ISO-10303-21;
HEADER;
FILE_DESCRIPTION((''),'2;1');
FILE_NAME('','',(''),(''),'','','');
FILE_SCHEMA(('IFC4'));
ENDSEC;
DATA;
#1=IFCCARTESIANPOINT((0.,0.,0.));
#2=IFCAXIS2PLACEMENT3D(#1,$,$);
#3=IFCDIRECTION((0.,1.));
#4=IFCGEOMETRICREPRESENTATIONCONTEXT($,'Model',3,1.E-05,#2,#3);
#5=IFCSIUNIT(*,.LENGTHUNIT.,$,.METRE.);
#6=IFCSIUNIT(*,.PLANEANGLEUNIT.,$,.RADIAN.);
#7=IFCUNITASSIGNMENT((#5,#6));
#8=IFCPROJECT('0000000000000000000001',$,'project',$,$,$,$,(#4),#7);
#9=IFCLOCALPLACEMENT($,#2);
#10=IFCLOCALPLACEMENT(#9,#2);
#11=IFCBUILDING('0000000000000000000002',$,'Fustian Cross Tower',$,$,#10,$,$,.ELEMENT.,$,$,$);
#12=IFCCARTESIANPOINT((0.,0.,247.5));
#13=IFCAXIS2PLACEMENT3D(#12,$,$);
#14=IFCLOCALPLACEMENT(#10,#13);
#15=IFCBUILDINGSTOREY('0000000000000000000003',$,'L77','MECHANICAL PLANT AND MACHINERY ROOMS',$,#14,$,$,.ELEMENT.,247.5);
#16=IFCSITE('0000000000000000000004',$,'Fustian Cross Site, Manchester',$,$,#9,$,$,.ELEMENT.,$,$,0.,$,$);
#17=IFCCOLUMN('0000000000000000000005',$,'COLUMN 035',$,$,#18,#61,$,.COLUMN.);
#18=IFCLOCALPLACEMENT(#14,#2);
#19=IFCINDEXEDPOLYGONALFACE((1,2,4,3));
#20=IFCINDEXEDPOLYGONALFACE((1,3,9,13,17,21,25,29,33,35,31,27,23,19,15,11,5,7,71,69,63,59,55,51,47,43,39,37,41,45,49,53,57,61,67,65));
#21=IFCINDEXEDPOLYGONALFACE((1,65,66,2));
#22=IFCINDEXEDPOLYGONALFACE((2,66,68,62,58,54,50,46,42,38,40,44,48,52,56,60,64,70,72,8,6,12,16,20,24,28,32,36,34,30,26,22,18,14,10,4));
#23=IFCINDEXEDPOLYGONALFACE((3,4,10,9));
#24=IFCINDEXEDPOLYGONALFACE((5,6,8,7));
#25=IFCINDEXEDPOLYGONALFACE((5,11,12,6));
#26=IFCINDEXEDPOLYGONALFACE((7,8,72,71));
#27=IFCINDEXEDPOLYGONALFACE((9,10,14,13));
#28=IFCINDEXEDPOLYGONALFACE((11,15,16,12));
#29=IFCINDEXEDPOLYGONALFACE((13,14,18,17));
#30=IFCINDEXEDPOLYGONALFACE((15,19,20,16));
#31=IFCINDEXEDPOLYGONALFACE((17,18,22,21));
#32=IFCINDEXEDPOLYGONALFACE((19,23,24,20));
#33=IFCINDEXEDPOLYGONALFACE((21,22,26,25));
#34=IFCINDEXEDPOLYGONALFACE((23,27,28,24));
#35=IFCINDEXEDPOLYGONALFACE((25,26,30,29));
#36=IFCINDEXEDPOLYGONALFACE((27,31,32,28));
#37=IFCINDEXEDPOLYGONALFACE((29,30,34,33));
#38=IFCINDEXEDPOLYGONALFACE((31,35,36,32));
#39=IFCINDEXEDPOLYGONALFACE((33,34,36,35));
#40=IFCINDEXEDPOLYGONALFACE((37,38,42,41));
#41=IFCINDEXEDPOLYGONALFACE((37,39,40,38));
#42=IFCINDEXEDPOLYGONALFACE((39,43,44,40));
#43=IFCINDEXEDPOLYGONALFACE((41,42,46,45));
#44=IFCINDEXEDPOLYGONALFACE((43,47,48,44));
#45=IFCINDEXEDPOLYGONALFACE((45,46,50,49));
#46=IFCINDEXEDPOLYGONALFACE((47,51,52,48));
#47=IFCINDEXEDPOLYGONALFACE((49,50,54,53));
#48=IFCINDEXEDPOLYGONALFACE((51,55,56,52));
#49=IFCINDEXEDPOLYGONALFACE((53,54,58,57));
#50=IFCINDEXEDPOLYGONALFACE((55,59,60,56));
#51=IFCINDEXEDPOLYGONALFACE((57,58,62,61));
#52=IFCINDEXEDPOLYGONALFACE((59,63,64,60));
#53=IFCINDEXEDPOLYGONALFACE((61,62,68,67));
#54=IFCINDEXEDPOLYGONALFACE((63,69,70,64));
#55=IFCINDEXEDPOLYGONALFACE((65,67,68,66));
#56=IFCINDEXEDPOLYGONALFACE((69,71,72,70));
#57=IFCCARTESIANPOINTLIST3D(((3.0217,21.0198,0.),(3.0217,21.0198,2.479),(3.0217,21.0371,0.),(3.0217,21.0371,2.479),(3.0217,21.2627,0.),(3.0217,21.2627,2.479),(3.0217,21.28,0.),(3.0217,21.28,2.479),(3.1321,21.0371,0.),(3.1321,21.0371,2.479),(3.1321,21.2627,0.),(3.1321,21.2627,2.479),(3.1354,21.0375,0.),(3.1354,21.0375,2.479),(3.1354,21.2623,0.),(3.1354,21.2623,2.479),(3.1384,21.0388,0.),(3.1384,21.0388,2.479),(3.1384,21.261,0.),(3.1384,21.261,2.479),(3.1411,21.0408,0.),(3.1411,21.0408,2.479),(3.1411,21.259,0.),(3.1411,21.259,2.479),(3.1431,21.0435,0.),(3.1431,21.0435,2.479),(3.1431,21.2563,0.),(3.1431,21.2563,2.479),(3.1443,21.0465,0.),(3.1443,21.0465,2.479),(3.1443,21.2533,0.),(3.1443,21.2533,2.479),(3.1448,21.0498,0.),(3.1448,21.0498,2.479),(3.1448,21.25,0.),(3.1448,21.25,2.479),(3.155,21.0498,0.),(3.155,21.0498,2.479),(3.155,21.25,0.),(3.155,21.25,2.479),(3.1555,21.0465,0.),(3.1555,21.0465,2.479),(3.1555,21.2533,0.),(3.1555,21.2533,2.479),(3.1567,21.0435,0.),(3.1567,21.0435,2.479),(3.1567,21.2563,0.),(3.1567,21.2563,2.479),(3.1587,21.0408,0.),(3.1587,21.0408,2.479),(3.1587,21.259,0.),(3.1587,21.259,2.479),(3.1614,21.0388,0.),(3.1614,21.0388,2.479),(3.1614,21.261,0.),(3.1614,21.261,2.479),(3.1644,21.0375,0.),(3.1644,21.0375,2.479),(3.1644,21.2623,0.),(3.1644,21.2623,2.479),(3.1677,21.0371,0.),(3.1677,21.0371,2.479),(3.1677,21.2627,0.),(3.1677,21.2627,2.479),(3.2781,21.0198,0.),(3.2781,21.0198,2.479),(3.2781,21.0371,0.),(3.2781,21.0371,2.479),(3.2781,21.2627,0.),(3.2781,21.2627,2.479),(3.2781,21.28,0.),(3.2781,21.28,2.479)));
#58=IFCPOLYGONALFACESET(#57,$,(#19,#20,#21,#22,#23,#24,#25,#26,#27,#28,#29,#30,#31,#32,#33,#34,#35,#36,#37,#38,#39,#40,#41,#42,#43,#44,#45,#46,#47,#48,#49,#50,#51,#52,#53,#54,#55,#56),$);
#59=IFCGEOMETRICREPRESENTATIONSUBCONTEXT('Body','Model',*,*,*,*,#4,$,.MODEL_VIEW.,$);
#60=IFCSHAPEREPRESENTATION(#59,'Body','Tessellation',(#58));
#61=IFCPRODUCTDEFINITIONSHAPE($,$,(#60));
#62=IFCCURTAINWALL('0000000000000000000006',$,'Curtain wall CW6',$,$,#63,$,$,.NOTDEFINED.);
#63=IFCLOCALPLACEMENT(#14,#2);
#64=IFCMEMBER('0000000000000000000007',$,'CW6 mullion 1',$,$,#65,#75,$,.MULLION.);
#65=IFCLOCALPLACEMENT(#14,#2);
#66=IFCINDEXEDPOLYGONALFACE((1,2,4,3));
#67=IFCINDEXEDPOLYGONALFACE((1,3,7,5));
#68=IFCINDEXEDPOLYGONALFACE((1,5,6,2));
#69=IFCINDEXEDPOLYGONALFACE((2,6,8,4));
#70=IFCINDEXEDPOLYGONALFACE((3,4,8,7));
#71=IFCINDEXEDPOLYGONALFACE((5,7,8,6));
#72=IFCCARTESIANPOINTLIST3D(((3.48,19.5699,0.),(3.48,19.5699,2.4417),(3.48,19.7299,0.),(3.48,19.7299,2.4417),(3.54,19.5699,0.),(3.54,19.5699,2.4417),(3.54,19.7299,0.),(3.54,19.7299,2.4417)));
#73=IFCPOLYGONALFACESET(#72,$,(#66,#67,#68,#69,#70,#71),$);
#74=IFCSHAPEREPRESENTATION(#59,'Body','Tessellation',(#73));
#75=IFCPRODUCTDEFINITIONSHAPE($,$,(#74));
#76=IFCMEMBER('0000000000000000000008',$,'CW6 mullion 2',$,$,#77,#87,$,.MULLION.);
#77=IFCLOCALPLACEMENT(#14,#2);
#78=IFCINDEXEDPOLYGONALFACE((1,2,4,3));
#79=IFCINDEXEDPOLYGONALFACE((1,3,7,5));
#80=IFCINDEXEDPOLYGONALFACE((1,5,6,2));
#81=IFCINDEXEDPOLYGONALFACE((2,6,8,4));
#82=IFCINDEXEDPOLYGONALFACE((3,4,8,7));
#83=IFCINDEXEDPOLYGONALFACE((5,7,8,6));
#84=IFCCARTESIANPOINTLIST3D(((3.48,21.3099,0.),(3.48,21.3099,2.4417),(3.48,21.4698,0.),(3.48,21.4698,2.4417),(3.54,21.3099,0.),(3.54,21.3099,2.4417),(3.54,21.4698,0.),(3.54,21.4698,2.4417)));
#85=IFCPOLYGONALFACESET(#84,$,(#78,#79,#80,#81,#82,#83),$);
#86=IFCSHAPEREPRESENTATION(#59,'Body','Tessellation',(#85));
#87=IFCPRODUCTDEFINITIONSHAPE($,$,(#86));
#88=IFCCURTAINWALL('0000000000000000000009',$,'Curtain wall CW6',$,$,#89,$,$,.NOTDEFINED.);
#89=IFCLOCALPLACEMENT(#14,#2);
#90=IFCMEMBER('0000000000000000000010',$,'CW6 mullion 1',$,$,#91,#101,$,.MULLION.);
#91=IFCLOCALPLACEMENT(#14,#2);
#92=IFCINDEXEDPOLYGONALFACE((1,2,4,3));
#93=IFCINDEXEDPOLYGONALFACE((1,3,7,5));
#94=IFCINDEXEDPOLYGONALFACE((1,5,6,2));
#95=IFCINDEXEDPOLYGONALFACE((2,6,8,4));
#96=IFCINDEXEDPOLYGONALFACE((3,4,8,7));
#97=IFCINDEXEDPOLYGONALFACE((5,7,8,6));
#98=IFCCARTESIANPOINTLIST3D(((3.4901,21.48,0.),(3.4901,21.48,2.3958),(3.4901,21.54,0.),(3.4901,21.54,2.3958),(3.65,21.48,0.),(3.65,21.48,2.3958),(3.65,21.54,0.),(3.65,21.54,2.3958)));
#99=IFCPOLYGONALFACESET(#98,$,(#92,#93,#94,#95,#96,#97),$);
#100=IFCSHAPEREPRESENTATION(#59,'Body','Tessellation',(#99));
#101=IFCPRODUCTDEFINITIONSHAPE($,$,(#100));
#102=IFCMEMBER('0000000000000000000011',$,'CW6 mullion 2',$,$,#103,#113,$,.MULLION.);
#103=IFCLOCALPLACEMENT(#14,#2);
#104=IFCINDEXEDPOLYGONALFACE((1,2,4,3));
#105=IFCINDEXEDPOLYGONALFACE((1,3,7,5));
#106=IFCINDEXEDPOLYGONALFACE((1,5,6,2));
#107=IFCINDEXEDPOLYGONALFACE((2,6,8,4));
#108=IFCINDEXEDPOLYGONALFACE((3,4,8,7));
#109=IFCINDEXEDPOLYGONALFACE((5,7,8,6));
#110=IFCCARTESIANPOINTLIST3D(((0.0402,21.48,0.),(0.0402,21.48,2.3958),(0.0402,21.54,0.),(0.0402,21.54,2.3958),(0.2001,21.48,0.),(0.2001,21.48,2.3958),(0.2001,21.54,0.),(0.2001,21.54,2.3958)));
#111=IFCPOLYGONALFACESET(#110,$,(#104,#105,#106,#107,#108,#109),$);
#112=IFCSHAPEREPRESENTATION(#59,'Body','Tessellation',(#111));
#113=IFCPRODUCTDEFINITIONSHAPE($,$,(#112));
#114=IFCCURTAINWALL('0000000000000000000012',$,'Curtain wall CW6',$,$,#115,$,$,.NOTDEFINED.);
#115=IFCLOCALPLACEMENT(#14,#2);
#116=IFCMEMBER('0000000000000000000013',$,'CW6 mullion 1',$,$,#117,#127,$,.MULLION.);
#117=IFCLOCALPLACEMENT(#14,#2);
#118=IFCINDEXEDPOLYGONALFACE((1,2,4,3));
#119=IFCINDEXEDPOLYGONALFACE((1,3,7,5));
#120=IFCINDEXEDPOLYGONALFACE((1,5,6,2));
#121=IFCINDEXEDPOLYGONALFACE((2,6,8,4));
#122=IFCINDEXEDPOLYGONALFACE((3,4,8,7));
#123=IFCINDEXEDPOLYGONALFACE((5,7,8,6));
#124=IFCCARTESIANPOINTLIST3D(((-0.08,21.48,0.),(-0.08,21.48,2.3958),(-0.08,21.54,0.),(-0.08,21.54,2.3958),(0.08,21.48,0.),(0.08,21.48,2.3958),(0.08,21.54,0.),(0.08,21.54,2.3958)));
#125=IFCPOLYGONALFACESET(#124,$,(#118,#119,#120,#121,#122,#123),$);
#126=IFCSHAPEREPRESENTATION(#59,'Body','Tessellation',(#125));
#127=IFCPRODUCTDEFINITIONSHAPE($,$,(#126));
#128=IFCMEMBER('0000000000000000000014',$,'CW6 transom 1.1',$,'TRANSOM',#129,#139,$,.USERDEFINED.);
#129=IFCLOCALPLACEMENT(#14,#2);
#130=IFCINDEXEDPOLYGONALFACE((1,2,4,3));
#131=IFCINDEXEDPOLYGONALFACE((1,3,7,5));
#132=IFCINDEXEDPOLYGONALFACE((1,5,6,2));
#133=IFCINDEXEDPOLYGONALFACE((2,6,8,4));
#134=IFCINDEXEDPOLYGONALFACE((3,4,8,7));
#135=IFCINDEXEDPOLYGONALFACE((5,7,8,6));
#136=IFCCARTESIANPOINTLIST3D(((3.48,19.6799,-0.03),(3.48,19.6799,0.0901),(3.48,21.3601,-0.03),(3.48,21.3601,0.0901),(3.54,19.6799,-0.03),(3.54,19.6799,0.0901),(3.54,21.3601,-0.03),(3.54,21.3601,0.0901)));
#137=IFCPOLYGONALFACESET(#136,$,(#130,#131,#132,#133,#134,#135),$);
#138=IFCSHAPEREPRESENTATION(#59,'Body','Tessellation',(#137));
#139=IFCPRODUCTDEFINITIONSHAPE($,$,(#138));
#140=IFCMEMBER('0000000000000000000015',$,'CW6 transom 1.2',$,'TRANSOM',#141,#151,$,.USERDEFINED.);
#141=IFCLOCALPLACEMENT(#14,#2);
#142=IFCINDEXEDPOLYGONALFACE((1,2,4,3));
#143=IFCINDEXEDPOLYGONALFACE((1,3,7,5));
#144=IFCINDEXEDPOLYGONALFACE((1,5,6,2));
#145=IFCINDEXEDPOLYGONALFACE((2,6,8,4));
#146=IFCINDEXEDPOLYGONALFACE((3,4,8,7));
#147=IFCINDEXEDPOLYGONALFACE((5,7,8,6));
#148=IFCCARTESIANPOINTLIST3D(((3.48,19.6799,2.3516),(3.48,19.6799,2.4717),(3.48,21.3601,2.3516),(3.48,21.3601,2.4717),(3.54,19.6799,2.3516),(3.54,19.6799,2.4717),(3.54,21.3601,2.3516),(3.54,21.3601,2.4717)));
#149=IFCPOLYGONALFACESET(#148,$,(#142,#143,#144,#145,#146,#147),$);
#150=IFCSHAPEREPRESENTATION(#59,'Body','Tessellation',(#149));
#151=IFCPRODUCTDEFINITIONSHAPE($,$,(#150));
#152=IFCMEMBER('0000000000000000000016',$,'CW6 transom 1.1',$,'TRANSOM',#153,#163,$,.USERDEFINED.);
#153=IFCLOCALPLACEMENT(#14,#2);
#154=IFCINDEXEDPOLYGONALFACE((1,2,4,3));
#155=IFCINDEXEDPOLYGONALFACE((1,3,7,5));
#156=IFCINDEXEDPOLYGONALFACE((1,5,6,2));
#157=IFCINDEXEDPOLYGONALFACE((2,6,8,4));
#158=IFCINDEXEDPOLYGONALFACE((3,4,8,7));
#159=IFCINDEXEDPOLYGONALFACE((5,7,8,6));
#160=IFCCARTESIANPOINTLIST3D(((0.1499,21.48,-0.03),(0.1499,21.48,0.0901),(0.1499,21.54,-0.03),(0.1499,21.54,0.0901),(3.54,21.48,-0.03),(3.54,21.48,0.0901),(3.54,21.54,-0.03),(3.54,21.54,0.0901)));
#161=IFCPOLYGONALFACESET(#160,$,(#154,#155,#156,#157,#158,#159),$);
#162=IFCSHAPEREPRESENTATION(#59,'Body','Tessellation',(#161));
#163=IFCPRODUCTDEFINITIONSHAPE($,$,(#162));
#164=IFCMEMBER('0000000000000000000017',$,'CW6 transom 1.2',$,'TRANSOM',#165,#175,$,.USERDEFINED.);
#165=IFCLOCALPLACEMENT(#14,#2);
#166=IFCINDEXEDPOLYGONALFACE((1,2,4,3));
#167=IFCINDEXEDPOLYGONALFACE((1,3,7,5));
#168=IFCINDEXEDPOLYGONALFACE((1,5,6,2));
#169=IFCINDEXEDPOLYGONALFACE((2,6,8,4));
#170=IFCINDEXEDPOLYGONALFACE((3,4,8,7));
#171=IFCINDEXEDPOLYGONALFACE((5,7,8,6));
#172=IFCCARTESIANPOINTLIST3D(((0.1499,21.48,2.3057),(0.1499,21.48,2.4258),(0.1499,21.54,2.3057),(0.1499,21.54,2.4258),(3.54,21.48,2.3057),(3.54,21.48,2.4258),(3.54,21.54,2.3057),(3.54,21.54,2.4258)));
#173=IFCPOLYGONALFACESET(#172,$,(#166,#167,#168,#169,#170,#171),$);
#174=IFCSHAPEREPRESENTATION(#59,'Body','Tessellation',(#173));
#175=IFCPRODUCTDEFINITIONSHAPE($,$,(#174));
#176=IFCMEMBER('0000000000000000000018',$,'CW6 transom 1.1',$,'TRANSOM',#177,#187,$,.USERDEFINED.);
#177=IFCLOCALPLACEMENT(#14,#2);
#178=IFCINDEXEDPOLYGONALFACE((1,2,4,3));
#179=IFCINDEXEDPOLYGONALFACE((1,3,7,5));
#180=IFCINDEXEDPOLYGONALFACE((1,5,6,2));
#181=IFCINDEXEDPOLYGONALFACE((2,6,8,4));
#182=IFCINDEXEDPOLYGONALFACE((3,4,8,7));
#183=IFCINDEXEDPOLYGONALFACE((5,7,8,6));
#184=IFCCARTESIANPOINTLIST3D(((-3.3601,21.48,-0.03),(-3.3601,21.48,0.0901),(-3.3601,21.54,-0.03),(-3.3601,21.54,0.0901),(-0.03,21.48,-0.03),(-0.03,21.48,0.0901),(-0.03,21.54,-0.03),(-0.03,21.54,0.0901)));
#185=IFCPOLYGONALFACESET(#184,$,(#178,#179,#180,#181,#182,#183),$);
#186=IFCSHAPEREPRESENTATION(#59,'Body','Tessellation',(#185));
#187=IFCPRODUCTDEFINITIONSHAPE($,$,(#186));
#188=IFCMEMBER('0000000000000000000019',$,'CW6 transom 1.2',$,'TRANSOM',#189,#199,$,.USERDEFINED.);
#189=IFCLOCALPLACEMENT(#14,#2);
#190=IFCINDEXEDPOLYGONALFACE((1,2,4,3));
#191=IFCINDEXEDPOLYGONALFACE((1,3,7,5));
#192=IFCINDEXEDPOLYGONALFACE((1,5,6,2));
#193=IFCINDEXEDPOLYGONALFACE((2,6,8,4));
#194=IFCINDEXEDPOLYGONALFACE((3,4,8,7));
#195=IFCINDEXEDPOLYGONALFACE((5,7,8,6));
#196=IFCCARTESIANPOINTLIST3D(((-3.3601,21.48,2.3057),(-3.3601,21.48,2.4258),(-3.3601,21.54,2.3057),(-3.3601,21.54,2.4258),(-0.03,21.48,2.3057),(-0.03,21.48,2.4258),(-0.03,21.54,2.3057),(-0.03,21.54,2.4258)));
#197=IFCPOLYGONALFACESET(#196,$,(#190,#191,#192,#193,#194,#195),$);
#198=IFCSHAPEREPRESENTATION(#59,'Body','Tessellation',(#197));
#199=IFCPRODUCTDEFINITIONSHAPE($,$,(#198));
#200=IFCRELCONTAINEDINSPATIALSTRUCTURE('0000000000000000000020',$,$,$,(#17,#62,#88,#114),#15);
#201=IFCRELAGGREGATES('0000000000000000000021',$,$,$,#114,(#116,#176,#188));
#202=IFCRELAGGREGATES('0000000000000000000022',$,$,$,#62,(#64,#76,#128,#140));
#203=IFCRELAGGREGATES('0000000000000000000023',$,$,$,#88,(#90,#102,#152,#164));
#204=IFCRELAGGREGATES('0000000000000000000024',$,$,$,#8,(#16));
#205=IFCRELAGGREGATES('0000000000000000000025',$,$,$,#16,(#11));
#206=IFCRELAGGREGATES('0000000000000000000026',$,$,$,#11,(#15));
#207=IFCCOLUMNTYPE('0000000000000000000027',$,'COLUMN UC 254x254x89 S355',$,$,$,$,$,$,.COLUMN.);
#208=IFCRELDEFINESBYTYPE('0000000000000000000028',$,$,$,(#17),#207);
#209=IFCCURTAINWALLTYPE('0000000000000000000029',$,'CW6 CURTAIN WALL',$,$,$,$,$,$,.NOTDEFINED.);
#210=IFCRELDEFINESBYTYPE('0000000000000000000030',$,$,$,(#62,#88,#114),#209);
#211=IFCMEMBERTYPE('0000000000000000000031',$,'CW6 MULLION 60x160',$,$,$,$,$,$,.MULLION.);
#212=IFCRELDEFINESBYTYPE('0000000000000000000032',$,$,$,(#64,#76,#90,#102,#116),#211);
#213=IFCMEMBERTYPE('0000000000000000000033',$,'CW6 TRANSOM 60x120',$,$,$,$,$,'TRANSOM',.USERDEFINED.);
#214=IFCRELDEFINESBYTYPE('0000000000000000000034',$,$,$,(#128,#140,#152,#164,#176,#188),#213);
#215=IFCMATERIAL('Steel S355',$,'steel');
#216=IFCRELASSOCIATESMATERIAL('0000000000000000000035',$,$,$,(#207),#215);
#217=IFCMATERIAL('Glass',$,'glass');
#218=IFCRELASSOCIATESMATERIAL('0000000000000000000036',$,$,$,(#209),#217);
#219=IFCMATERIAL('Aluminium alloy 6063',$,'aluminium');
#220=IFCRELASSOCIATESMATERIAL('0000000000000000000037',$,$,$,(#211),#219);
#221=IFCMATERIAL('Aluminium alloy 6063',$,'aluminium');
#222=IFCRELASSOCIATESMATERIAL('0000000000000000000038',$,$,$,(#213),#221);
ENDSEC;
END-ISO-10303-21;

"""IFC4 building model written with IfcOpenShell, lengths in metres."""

from ifc_helpers import new_model, si_unit, direction, frame, origin, origin_2d, place, context, subcontext, project, spatial, rectangle, i_section, extrude, material, material_profile, profile_set, type_object, element, aggregate, save


model = new_model("IFC4")

# Units and contexts
model_context = context("Model", 3, precision=1e-05, world=origin(), true_north=direction((0.0, 1.0)))
body_context = subcontext(model_context, "Body", "Model", "MODEL_VIEW")
ifc_project = project(units=[si_unit("LENGTHUNIT", "METRE"), si_unit("PLANEANGLEUNIT", "RADIAN")], contexts=[model_context])

# Site, building, storey
site_placement = place(None, origin())
site = spatial("IfcSite", under=ifc_project, at=site_placement, Name="Fustian Cross Site, Manchester", CompositionType="ELEMENT", RefElevation=0.0)
building_placement = place(site_placement, origin())
building = spatial("IfcBuilding", under=site, at=building_placement, Name="Fustian Cross Tower", CompositionType="ELEMENT")
storey_placement = place(building_placement, frame((0.0, 0.0, 247.5)))
storey = spatial("IfcBuildingStorey", under=building, at=storey_placement, Name="L77", Description="MECHANICAL PLANT AND MACHINERY ROOMS", CompositionType="ELEMENT", Elevation=247.5)

# Column
ifc_material_1 = material(Name="Steel S355", Category="steel")
ifc_material_profile_1 = material_profile(ifc_material_1, i_section(OverallWidth=0.2563, OverallDepth=0.2603, WebThickness=0.0103, FlangeThickness=0.0173, FilletRadius=0.0127, at=origin_2d()), Name="UC 254x254x89")
ifc_profile_set_1 = profile_set([ifc_material_profile_1], Name="Steel S355")
column_type = type_object("IfcColumnType", Name="COLUMN UC 254x254x89 S355", PredefinedType="COLUMN", material=ifc_profile_set_1)
column_placement = place(storey_placement, frame((3.1499, 21.1499, 0.0), z_axis=(0.0, 0.0, 1.0), x_axis=(1.0, 0.0, 0.0)))
element("IfcColumn", 1, at=column_placement, inside=storey, type_object=column_type, Name="COLUMN 035", PredefinedType="COLUMN", context=body_context, shape_type="SweptSolid", body=[
    extrude(i_section(OverallWidth=0.2563, OverallDepth=0.2603, WebThickness=0.0103, FlangeThickness=0.0173, FilletRadius=0.0127, at=origin_2d()), origin(), (0.0, 0.0, 1.0), 2.479),
])

# Curtain walls, members
ifc_material_2 = material(Name="Glass", Category="glass")
curtain_wall_type = type_object("IfcCurtainWallType", Name="CW6 CURTAIN WALL", PredefinedType="NOTDEFINED", material=ifc_material_2)
curtain_wall_1_placement = place(storey_placement, origin())
curtain_wall_1 = element("IfcCurtainWall", 2, at=curtain_wall_1_placement, inside=storey, type_object=curtain_wall_type, Name="Curtain wall CW6", PredefinedType="NOTDEFINED")
ifc_material_3 = material(Name="Aluminium alloy 6063", Category="aluminium")
ifc_material_profile_2 = material_profile(ifc_material_3, rectangle(XDim=0.0601, YDim=0.1599, at=origin_2d()), Name="CW6 MULLION 60x160")
ifc_profile_set_2 = profile_set([ifc_material_profile_2], Name="Aluminium alloy 6063")
member_type_1 = type_object("IfcMemberType", Name="CW6 MULLION 60x160", PredefinedType="MULLION", material=ifc_profile_set_2)
member_1_placement = place(storey_placement, frame((3.51, 19.6499, 0.0), z_axis=(0.0, 0.0, 1.0), x_axis=(-1.0, 0.0, 0.0)))
member_1 = element("IfcMember", 3, at=member_1_placement, type_object=member_type_1, Name="CW6 mullion 1", PredefinedType="MULLION", context=body_context, shape_type="SweptSolid", body=[
    extrude(rectangle(XDim=0.0601, YDim=0.1599, at=origin_2d()), origin(), (0.0, 0.0, 1.0), 2.4417),
])
member_2_placement = place(storey_placement, frame((3.51, 21.3899, 0.0), z_axis=(0.0, 0.0, 1.0), x_axis=(-1.0, 0.0, 0.0)))
member_2 = element("IfcMember", 4, at=member_2_placement, type_object=member_type_1, Name="CW6 mullion 2", PredefinedType="MULLION", context=body_context, shape_type="SweptSolid", body=[
    extrude(rectangle(XDim=0.0601, YDim=0.1599, at=origin_2d()), origin(), (0.0, 0.0, 1.0), 2.4417),
])
curtain_wall_2_placement = place(storey_placement, origin())
curtain_wall_2 = element("IfcCurtainWall", 5, at=curtain_wall_2_placement, inside=storey, type_object=curtain_wall_type, Name="Curtain wall CW6", PredefinedType="NOTDEFINED")
member_3_placement = place(storey_placement, frame((3.5701, 21.51, 0.0), z_axis=(0.0, 0.0, 1.0), x_axis=(0.0, -1.0, 0.0)))
member_3 = element("IfcMember", 6, at=member_3_placement, type_object=member_type_1, Name="CW6 mullion 1", PredefinedType="MULLION", context=body_context, shape_type="SweptSolid", body=[
    extrude(rectangle(XDim=0.0601, YDim=0.1599, at=origin_2d()), origin(), (0.0, 0.0, 1.0), 2.3958),
])
member_4_placement = place(storey_placement, frame((0.1201, 21.51, 0.0), z_axis=(0.0, 0.0, 1.0), x_axis=(0.0, -1.0, 0.0)))
member_4 = element("IfcMember", 7, at=member_4_placement, type_object=member_type_1, Name="CW6 mullion 2", PredefinedType="MULLION", context=body_context, shape_type="SweptSolid", body=[
    extrude(rectangle(XDim=0.0601, YDim=0.1599, at=origin_2d()), origin(), (0.0, 0.0, 1.0), 2.3958),
])

# Curtain wall, member
curtain_wall_3_placement = place(storey_placement, origin())
curtain_wall_3 = element("IfcCurtainWall", 8, at=curtain_wall_3_placement, inside=storey, type_object=curtain_wall_type, Name="Curtain wall CW6", PredefinedType="NOTDEFINED")
member_5_placement = place(storey_placement, frame((0.0, 21.51, 0.0), z_axis=(0.0, 0.0, 1.0), x_axis=(0.0, -1.0, 0.0)))
member_5 = element("IfcMember", 9, at=member_5_placement, type_object=member_type_1, Name="CW6 mullion 1", PredefinedType="MULLION", context=body_context, shape_type="SweptSolid", body=[
    extrude(rectangle(XDim=0.0601, YDim=0.1599, at=origin_2d()), origin(), (0.0, 0.0, 1.0), 2.3958),
])

# Members
ifc_material_4 = material(Name="Aluminium alloy 6063", Category="aluminium")
ifc_material_profile_3 = material_profile(ifc_material_4, rectangle(XDim=0.0601, YDim=0.1201, at=origin_2d()), Name="CW6 TRANSOM 60x120")
ifc_profile_set_3 = profile_set([ifc_material_profile_3], Name="Aluminium alloy 6063")
member_type_2 = type_object("IfcMemberType", Name="CW6 TRANSOM 60x120", ElementType="TRANSOM", PredefinedType="USERDEFINED", material=ifc_profile_set_3)
member_6_placement = place(storey_placement, frame((3.51, 19.6799, 0.03), z_axis=(0.0, 1.0, 0.0), x_axis=(-1.0, 0.0, 0.0)))
member_6 = element("IfcMember", 10, at=member_6_placement, type_object=member_type_2, Name="CW6 transom 1.1", ObjectType="TRANSOM", PredefinedType="USERDEFINED", context=body_context, shape_type="SweptSolid", body=[
    extrude(rectangle(XDim=0.0601, YDim=0.1201, at=origin_2d()), origin(), (0.0, 0.0, 1.0), 1.6802),
])
member_7_placement = place(storey_placement, frame((3.51, 19.6799, 2.4116), z_axis=(0.0, 1.0, 0.0), x_axis=(-1.0, 0.0, 0.0)))
member_7 = element("IfcMember", 11, at=member_7_placement, type_object=member_type_2, Name="CW6 transom 1.2", ObjectType="TRANSOM", PredefinedType="USERDEFINED", context=body_context, shape_type="SweptSolid", body=[
    extrude(rectangle(XDim=0.0601, YDim=0.1201, at=origin_2d()), origin(), (0.0, 0.0, 1.0), 1.6802),
])
member_8_placement = place(storey_placement, frame((3.54, 21.51, 0.03), z_axis=(-1.0, 0.0, 0.0), x_axis=(0.0, -1.0, 0.0)))
member_8 = element("IfcMember", 12, at=member_8_placement, type_object=member_type_2, Name="CW6 transom 1.1", ObjectType="TRANSOM", PredefinedType="USERDEFINED", context=body_context, shape_type="SweptSolid", body=[
    extrude(rectangle(XDim=0.0601, YDim=0.1201, at=origin_2d()), origin(), (0.0, 0.0, 1.0), 3.3901),
])
member_9_placement = place(storey_placement, frame((3.54, 21.51, 2.3657), z_axis=(-1.0, 0.0, 0.0), x_axis=(0.0, -1.0, 0.0)))
member_9 = element("IfcMember", 13, at=member_9_placement, type_object=member_type_2, Name="CW6 transom 1.2", ObjectType="TRANSOM", PredefinedType="USERDEFINED", context=body_context, shape_type="SweptSolid", body=[
    extrude(rectangle(XDim=0.0601, YDim=0.1201, at=origin_2d()), origin(), (0.0, 0.0, 1.0), 3.3901),
])
member_10_placement = place(storey_placement, frame((-0.03, 21.51, 0.03), z_axis=(-1.0, 0.0, 0.0), x_axis=(0.0, -1.0, 0.0)))
member_10 = element("IfcMember", 14, at=member_10_placement, type_object=member_type_2, Name="CW6 transom 1.1", ObjectType="TRANSOM", PredefinedType="USERDEFINED", context=body_context, shape_type="SweptSolid", body=[
    extrude(rectangle(XDim=0.0601, YDim=0.1201, at=origin_2d()), origin(), (0.0, 0.0, 1.0), 3.3301),
])
member_11_placement = place(storey_placement, frame((-0.03, 21.51, 2.3657), z_axis=(-1.0, 0.0, 0.0), x_axis=(0.0, -1.0, 0.0)))
member_11 = element("IfcMember", 15, at=member_11_placement, type_object=member_type_2, Name="CW6 transom 1.2", ObjectType="TRANSOM", PredefinedType="USERDEFINED", context=body_context, shape_type="SweptSolid", body=[
    extrude(rectangle(XDim=0.0601, YDim=0.1201, at=origin_2d()), origin(), (0.0, 0.0, 1.0), 3.3301),
])
aggregate(curtain_wall_3, [member_5, member_10, member_11])

aggregate(curtain_wall_1, [member_1, member_2, member_6, member_7])
aggregate(curtain_wall_2, [member_3, member_4, member_8, member_9])

save(model, "model.ifc")
